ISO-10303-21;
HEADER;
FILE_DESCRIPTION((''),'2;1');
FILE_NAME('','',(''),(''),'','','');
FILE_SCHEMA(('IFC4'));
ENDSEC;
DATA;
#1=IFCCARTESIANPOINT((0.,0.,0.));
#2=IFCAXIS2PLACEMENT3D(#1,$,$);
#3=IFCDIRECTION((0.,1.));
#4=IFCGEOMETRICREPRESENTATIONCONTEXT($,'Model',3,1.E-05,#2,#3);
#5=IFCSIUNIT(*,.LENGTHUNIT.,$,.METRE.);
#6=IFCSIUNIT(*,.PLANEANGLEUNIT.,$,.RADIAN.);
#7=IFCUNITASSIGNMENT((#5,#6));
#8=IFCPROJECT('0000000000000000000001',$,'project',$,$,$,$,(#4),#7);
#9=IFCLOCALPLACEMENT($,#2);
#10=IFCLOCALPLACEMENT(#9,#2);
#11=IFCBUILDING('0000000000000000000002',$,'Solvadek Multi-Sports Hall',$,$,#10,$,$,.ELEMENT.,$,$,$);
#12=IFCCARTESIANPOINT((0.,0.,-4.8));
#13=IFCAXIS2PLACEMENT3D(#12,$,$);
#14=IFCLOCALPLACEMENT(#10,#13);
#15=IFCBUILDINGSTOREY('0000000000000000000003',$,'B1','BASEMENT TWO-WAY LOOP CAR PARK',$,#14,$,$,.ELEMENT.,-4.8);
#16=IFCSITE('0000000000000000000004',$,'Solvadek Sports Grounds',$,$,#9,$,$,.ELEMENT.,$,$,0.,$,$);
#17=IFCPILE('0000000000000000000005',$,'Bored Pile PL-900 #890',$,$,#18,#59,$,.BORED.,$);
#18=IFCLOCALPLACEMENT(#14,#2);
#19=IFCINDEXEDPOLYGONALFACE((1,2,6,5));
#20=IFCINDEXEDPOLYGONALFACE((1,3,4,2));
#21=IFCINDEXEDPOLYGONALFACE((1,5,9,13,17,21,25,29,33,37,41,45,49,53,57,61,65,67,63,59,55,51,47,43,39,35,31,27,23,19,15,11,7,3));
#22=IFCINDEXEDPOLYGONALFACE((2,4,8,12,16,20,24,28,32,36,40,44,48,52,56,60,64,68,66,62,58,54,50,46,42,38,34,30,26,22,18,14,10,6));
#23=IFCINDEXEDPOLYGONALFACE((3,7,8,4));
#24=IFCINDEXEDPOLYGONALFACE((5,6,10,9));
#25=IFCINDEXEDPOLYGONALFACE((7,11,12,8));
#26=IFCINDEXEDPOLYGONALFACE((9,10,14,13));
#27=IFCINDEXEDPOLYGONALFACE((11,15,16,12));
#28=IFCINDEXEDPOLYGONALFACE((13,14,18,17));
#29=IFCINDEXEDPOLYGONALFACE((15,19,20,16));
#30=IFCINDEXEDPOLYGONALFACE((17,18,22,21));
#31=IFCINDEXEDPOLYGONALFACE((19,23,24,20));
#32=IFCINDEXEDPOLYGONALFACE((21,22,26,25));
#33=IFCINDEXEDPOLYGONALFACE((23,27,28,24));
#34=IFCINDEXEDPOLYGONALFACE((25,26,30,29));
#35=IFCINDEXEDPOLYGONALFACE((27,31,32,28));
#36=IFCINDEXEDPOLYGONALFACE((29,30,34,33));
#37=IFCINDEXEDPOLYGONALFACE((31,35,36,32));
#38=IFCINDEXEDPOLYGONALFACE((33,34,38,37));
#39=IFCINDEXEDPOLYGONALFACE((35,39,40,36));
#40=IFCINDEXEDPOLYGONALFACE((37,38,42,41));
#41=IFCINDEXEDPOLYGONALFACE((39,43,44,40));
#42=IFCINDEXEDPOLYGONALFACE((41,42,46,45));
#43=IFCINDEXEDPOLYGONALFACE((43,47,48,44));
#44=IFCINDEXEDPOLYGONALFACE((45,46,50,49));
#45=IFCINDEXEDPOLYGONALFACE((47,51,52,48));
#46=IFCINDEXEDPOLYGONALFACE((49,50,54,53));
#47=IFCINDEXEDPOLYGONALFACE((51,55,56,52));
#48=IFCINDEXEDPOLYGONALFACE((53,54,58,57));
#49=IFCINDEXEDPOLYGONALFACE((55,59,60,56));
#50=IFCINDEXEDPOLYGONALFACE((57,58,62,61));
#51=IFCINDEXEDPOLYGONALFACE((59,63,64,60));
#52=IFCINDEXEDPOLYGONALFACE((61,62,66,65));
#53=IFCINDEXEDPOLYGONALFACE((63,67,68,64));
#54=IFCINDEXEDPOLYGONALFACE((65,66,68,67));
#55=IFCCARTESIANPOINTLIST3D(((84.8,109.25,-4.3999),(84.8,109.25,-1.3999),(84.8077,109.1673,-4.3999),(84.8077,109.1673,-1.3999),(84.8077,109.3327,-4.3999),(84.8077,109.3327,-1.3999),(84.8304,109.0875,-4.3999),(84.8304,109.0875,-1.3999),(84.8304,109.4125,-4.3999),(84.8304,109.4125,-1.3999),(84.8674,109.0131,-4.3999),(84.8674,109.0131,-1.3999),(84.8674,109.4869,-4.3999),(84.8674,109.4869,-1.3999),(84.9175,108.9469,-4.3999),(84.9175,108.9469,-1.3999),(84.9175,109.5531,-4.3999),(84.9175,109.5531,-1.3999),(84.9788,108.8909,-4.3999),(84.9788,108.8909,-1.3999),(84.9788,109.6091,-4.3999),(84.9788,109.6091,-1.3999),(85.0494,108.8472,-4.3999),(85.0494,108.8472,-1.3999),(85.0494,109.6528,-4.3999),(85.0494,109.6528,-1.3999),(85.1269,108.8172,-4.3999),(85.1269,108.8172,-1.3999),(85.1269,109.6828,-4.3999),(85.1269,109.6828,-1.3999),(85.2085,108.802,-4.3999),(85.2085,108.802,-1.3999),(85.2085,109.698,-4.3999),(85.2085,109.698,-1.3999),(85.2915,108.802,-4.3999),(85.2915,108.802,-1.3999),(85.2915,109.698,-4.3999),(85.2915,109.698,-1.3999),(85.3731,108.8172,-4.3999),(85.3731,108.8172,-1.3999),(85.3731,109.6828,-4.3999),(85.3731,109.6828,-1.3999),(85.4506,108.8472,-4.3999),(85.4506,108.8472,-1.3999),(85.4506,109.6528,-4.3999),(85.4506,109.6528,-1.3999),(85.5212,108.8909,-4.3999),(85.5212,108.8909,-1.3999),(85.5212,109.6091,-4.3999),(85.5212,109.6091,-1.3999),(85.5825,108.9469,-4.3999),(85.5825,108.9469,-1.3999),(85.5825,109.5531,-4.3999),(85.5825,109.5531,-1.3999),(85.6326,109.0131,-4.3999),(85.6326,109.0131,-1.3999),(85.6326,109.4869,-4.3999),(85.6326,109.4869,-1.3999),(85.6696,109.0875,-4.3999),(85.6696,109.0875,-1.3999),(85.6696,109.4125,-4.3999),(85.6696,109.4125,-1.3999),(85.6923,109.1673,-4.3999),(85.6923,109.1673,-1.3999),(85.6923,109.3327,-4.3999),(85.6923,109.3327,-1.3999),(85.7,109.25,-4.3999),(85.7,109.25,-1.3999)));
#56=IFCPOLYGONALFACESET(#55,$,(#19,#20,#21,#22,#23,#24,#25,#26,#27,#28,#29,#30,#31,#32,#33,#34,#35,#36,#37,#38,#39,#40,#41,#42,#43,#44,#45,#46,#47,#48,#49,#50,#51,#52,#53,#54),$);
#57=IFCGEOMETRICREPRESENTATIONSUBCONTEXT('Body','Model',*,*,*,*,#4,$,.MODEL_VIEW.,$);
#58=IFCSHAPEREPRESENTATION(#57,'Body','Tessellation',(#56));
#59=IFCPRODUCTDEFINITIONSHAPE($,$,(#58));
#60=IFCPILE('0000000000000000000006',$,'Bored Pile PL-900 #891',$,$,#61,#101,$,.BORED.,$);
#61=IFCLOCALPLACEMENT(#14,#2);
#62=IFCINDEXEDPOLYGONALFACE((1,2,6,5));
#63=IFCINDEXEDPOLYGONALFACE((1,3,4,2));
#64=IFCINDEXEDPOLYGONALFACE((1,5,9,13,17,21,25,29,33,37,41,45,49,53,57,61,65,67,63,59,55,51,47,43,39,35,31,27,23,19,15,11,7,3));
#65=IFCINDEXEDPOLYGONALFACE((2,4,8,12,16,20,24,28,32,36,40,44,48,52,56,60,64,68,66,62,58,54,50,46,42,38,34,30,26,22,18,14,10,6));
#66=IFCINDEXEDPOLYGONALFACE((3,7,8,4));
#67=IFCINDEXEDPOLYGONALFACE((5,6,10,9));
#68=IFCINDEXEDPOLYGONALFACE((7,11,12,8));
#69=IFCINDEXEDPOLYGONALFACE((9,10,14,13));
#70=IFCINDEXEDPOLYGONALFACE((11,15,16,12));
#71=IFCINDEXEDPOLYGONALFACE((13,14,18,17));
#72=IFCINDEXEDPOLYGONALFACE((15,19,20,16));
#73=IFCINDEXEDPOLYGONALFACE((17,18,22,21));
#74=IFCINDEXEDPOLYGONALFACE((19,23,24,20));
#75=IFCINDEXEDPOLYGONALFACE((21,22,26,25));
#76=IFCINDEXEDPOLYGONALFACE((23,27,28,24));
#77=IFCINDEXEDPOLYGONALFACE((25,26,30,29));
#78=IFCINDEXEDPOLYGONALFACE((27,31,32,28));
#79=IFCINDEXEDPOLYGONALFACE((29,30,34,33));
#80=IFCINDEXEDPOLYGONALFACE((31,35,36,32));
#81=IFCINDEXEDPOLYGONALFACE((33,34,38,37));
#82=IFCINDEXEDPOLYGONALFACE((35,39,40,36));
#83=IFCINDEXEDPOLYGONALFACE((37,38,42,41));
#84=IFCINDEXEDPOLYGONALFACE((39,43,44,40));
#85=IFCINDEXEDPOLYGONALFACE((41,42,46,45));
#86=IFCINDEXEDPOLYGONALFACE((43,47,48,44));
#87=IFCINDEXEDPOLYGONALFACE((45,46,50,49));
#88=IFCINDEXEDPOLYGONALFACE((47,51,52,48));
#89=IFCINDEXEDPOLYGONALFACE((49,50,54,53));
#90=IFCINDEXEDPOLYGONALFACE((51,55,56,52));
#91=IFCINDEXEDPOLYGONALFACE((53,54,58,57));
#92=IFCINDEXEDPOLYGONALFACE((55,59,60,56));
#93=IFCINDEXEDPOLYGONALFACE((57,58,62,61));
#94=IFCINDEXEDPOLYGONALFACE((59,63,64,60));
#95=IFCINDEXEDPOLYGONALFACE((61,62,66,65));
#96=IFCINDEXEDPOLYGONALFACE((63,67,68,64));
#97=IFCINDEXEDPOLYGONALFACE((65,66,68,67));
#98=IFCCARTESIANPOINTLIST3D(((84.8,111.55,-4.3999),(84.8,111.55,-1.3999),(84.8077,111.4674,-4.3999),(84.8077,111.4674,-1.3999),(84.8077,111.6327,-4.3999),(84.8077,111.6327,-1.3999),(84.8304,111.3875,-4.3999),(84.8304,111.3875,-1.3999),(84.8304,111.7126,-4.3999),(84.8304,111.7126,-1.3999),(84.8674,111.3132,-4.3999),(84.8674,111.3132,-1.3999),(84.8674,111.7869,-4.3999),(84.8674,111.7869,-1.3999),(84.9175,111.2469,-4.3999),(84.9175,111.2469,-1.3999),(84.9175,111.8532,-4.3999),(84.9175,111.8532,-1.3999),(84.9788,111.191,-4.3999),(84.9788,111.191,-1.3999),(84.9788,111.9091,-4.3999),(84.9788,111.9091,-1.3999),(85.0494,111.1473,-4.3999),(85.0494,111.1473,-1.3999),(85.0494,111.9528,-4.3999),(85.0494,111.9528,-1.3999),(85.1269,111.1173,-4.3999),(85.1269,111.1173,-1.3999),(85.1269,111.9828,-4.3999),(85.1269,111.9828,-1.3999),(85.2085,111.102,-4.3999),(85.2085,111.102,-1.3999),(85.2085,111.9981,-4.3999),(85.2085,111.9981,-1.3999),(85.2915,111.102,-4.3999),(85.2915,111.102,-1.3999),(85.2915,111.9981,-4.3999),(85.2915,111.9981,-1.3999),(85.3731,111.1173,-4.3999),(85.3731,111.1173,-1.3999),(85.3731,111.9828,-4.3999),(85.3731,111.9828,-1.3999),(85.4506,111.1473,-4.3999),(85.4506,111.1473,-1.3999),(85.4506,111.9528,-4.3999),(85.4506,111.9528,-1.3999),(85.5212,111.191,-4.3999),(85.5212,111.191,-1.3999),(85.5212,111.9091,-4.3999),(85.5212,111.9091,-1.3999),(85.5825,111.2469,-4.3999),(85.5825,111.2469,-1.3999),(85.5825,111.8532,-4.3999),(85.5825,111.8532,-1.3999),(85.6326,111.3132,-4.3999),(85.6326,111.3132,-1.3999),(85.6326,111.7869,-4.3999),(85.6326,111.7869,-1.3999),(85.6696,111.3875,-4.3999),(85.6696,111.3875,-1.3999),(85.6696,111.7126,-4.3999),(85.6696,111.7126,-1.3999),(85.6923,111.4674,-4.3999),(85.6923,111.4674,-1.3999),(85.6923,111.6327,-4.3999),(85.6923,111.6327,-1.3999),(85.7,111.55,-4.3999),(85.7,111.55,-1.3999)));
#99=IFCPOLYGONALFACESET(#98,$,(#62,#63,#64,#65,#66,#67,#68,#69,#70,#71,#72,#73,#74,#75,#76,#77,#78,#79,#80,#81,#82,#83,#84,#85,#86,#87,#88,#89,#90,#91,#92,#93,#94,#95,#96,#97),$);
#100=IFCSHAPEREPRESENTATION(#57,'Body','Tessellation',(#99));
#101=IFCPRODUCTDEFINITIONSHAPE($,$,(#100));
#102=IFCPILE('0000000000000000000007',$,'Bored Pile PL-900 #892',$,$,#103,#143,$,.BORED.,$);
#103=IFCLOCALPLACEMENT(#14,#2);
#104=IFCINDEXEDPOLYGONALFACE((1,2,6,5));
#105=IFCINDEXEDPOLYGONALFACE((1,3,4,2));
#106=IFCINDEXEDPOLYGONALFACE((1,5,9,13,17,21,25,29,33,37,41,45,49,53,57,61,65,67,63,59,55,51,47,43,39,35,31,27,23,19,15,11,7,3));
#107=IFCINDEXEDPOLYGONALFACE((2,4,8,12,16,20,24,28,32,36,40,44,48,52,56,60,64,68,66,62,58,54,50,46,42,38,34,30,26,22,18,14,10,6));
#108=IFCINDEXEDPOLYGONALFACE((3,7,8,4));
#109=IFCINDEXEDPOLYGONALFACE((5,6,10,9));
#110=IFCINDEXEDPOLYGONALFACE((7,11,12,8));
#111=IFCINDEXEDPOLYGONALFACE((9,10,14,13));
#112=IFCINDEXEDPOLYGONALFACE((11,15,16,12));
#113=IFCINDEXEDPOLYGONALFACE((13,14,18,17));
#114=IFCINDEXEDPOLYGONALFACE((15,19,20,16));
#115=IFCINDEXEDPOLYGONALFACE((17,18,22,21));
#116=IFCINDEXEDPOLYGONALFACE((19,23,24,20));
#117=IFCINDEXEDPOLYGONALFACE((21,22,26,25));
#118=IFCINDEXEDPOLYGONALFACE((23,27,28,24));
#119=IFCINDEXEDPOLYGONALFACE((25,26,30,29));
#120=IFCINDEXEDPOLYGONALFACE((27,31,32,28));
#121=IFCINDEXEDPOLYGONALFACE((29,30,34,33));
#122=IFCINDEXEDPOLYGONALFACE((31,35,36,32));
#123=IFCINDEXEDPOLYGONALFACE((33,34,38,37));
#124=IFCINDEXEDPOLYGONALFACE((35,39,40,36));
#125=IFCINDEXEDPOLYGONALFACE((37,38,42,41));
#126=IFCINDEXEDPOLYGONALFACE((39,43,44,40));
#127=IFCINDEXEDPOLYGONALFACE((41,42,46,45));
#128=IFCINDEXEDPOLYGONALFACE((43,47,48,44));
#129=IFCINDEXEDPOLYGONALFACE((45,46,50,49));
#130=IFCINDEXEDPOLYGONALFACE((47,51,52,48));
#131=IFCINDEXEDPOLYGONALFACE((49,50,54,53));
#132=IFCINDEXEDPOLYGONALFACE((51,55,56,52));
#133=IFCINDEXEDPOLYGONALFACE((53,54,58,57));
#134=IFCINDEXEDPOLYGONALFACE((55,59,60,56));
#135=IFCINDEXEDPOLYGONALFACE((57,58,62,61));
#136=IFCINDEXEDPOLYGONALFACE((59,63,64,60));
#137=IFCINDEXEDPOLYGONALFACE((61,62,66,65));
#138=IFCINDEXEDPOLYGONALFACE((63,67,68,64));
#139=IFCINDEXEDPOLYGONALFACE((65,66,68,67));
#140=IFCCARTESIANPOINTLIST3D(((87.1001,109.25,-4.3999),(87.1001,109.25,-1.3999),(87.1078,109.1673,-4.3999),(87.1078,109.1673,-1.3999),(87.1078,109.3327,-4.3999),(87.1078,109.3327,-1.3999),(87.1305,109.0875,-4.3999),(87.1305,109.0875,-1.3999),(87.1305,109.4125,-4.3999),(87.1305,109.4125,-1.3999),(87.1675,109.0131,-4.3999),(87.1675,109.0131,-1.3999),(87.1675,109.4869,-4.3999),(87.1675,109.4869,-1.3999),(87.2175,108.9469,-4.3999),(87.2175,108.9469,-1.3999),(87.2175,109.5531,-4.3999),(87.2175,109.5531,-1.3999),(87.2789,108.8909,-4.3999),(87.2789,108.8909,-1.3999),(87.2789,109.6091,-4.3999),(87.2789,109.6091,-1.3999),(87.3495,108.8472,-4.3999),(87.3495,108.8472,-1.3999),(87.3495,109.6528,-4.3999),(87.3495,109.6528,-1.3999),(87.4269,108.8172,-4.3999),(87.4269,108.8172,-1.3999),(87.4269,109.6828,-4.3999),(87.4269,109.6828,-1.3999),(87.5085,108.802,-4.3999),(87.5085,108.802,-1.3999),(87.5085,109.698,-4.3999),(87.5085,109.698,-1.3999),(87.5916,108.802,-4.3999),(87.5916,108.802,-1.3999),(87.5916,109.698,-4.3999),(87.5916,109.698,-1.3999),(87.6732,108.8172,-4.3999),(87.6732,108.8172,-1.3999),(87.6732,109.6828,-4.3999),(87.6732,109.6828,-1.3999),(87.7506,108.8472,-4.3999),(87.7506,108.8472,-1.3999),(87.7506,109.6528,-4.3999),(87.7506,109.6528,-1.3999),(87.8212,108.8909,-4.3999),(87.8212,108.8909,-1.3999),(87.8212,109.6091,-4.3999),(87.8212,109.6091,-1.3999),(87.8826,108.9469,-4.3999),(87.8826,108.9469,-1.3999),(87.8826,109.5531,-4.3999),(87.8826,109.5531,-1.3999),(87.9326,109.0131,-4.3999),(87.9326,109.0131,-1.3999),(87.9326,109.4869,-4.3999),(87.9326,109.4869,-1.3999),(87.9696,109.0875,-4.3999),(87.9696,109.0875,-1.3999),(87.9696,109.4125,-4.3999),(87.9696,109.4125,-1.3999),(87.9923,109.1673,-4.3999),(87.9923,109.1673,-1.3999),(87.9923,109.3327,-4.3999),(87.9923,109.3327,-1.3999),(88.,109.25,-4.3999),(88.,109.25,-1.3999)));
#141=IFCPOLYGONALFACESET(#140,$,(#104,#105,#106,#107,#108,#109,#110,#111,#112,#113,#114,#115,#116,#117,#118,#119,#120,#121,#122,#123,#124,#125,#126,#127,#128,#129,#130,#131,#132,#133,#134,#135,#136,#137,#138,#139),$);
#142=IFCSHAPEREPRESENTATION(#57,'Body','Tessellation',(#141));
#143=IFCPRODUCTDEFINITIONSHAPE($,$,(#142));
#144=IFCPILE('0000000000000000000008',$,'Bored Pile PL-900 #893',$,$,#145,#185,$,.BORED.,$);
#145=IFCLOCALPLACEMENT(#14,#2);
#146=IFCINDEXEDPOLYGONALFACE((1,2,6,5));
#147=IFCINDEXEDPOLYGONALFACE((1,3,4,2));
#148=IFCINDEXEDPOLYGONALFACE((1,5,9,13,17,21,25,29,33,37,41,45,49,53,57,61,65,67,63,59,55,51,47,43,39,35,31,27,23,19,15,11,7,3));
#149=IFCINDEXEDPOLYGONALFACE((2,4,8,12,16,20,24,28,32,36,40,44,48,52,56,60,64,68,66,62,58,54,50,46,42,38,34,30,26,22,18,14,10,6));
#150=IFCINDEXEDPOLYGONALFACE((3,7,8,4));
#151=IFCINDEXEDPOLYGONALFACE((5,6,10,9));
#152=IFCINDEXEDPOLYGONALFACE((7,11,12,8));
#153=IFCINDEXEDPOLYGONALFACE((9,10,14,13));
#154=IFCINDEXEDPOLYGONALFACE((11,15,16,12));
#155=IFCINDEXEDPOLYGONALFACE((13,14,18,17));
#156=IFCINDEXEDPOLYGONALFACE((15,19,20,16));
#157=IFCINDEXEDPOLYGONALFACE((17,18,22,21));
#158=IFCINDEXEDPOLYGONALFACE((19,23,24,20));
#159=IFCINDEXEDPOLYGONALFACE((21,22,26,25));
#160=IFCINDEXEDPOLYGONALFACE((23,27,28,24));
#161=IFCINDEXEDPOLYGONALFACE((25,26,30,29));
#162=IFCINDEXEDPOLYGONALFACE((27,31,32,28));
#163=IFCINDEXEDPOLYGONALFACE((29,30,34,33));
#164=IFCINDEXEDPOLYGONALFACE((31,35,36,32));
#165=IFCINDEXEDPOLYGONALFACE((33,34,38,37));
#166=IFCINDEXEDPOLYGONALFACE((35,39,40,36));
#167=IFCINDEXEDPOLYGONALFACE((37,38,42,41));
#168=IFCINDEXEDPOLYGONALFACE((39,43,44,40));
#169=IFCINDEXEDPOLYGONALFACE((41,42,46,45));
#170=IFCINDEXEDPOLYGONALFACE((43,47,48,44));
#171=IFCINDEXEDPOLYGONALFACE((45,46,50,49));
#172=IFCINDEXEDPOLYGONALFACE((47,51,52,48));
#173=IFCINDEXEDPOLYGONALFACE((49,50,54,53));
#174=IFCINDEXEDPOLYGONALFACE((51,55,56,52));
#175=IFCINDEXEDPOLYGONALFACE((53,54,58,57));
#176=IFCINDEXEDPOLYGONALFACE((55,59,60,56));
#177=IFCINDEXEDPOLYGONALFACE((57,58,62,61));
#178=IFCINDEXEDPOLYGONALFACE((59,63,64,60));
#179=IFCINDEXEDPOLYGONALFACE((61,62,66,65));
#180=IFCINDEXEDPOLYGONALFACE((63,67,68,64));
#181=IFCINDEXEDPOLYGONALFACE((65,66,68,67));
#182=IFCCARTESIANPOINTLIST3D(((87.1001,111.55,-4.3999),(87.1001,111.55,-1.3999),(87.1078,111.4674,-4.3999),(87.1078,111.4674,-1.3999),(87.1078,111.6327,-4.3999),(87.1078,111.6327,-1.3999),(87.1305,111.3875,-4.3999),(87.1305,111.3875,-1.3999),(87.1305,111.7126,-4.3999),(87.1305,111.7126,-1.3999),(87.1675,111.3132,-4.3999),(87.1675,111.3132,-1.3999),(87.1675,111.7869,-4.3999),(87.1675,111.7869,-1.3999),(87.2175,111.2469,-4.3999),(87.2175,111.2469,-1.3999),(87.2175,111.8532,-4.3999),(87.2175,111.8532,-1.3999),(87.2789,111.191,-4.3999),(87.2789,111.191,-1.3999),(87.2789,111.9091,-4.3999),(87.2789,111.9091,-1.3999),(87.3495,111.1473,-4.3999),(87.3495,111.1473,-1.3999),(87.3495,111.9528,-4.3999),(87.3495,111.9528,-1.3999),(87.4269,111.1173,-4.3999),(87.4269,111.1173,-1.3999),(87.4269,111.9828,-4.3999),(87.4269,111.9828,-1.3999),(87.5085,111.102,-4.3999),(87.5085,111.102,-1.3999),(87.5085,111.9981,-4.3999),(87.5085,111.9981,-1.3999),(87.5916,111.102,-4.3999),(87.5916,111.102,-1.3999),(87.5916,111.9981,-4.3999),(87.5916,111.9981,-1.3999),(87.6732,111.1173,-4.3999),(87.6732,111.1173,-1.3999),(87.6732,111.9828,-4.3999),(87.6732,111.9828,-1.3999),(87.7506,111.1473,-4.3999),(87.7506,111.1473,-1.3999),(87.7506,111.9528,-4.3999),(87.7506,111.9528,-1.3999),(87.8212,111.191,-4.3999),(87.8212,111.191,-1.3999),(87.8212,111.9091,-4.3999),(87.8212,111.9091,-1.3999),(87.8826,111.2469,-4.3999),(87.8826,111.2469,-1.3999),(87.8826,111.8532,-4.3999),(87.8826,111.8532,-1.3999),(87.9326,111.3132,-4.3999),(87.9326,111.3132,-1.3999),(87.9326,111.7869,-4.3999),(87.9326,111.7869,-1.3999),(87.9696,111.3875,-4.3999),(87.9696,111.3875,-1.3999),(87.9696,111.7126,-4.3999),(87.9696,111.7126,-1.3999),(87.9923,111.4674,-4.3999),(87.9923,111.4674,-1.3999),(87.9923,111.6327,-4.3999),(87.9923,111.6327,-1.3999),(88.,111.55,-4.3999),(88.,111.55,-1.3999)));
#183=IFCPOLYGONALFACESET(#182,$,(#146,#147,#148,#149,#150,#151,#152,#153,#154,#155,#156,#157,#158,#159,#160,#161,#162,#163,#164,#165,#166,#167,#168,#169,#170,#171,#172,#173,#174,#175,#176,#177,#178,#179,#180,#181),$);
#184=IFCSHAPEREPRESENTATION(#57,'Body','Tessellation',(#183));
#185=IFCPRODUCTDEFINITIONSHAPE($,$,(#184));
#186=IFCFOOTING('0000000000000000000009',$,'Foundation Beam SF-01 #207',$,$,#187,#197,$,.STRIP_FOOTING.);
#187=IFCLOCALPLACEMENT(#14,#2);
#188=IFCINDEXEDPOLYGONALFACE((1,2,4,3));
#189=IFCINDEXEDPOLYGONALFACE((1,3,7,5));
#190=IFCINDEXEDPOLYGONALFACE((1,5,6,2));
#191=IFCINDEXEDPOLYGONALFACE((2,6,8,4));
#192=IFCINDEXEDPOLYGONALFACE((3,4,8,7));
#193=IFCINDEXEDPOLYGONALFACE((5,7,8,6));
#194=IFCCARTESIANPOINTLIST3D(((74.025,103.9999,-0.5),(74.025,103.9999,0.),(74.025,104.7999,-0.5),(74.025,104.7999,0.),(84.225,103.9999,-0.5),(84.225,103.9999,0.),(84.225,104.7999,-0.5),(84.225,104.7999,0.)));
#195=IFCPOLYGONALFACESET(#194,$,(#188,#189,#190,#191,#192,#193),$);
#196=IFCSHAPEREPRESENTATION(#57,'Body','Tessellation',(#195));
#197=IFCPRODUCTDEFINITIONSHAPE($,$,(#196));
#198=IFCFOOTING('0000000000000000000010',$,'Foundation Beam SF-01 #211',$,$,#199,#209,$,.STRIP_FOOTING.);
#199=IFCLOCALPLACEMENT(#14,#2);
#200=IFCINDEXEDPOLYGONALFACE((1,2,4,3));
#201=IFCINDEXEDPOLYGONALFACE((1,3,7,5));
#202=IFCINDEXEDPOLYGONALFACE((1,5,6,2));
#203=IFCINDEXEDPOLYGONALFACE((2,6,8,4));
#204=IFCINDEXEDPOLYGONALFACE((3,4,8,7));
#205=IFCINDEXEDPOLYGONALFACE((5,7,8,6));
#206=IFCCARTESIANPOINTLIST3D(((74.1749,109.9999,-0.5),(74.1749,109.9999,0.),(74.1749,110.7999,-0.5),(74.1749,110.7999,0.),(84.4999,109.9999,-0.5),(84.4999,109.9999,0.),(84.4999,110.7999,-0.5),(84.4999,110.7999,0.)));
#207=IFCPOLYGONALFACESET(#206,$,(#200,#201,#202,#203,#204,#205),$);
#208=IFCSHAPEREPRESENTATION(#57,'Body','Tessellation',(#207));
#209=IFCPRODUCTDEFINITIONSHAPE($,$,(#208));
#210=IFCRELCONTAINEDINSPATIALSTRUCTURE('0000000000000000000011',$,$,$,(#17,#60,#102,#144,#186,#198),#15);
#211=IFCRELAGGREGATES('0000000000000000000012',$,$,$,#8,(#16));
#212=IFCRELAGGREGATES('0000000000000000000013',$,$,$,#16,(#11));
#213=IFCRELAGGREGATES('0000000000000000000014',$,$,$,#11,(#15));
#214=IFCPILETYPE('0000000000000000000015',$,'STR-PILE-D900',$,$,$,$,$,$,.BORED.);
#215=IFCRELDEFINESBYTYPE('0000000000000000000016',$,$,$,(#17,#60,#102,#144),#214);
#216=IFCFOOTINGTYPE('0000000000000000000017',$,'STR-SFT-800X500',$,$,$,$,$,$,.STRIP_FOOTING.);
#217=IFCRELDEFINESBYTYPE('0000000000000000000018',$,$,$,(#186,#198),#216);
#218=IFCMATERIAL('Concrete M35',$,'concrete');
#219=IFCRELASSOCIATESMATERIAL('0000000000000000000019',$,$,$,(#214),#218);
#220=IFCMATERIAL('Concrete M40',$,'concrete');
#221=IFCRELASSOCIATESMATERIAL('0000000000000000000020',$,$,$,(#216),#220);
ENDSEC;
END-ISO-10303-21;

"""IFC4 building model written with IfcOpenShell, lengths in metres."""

from ifc_helpers import new_model, si_unit, direction, frame, origin, origin_2d, place, context, subcontext, project, spatial, rectangle, circle, extrude, material, material_profile, profile_set, type_object, element, save


model = new_model("IFC4")

# Units and contexts
model_context = context("Model", 3, precision=1e-05, world=origin(), true_north=direction((0.0, 1.0)))
body_context = subcontext(model_context, "Body", "Model", "MODEL_VIEW")
ifc_project = project(units=[si_unit("LENGTHUNIT", "METRE"), si_unit("PLANEANGLEUNIT", "RADIAN")], contexts=[model_context])

# Site, building, storey
site_placement = place(None, origin())
site = spatial("IfcSite", under=ifc_project, at=site_placement, Name="Solvadek Sports Grounds", CompositionType="ELEMENT", RefElevation=0.0)
building_placement = place(site_placement, origin())
building = spatial("IfcBuilding", under=site, at=building_placement, Name="Solvadek Multi-Sports Hall", CompositionType="ELEMENT")
storey_placement = place(building_placement, frame((0.0, 0.0, -4.8)))
storey = spatial("IfcBuildingStorey", under=building, at=storey_placement, Name="B1", Description="BASEMENT TWO-WAY LOOP CAR PARK", CompositionType="ELEMENT", Elevation=-4.8)

# Shared definitions
ifc_material_1 = material(Name="Concrete M40", Category="concrete")

# Piles
ifc_material_2 = material(Name="Concrete M35", Category="concrete")
ifc_material_profile_1 = material_profile(ifc_material_2, circle(Radius=0.45, at=origin_2d()), Name="BORED PILE D900")
ifc_profile_set_1 = profile_set([ifc_material_profile_1], Name="Concrete M35")
pile_type_1 = type_object("IfcPileType", Name="STR-PILE-D900", PredefinedType="BORED", material=ifc_profile_set_1)
for number, where, z_axis, x_axis, name in (
    (1, (85.25, 109.25, -1.3999), (0.0, 0.0, -1.0), (1.0, 0.0, 0.0), "Bored Pile PL-900 #890"),
    (2, (85.25, 111.55, -1.3999), (0.0, 0.0, -1.0), (1.0, 0.0, 0.0), "Bored Pile PL-900 #891"),
    (3, (87.55, 109.25, -1.3999), (0.0, 0.0, -1.0), (1.0, 0.0, 0.0), "Bored Pile PL-900 #892"),
    (4, (87.55, 111.55, -1.3999), (0.0, 0.0, -1.0), (1.0, 0.0, 0.0), "Bored Pile PL-900 #893"),
):
    element("IfcPile", number, at=place(storey_placement, frame(where, z_axis=z_axis, x_axis=x_axis)), inside=storey, type_object=pile_type_1, Name=name, PredefinedType="BORED", context=body_context, shape_type="SweptSolid", body=[
        extrude(circle(Radius=0.45, at=origin_2d()), origin(), (0.0, 0.0, 1.0), 3.0),
    ])

# Footings
footing_type_1 = type_object("IfcFootingType", Name="STR-SFT-800X500", PredefinedType="STRIP_FOOTING", material=ifc_material_1)
footing_1_placement = place(storey_placement, frame((79.125, 104.3999, -0.5), z_axis=(0.0, 0.0, 1.0), x_axis=(1.0, 0.0, 0.0)))
element("IfcFooting", 5, at=footing_1_placement, inside=storey, type_object=footing_type_1, Name="Foundation Beam SF-01 #207", PredefinedType="STRIP_FOOTING", context=body_context, shape_type="SweptSolid", body=[
    extrude(rectangle(XDim=10.2, YDim=0.8, at=origin_2d()), origin(), (0.0, 0.0, 1.0), 0.5),
])
footing_2_placement = place(storey_placement, frame((79.3374, 110.3999, -0.5), z_axis=(0.0, 0.0, 1.0), x_axis=(1.0, 0.0, 0.0)))
element("IfcFooting", 6, at=footing_2_placement, inside=storey, type_object=footing_type_1, Name="Foundation Beam SF-01 #211", PredefinedType="STRIP_FOOTING", context=body_context, shape_type="SweptSolid", body=[
    extrude(rectangle(XDim=10.325, YDim=0.8, at=origin_2d()), origin(), (0.0, 0.0, 1.0), 0.5),
])

save(model, "model.ifc")
